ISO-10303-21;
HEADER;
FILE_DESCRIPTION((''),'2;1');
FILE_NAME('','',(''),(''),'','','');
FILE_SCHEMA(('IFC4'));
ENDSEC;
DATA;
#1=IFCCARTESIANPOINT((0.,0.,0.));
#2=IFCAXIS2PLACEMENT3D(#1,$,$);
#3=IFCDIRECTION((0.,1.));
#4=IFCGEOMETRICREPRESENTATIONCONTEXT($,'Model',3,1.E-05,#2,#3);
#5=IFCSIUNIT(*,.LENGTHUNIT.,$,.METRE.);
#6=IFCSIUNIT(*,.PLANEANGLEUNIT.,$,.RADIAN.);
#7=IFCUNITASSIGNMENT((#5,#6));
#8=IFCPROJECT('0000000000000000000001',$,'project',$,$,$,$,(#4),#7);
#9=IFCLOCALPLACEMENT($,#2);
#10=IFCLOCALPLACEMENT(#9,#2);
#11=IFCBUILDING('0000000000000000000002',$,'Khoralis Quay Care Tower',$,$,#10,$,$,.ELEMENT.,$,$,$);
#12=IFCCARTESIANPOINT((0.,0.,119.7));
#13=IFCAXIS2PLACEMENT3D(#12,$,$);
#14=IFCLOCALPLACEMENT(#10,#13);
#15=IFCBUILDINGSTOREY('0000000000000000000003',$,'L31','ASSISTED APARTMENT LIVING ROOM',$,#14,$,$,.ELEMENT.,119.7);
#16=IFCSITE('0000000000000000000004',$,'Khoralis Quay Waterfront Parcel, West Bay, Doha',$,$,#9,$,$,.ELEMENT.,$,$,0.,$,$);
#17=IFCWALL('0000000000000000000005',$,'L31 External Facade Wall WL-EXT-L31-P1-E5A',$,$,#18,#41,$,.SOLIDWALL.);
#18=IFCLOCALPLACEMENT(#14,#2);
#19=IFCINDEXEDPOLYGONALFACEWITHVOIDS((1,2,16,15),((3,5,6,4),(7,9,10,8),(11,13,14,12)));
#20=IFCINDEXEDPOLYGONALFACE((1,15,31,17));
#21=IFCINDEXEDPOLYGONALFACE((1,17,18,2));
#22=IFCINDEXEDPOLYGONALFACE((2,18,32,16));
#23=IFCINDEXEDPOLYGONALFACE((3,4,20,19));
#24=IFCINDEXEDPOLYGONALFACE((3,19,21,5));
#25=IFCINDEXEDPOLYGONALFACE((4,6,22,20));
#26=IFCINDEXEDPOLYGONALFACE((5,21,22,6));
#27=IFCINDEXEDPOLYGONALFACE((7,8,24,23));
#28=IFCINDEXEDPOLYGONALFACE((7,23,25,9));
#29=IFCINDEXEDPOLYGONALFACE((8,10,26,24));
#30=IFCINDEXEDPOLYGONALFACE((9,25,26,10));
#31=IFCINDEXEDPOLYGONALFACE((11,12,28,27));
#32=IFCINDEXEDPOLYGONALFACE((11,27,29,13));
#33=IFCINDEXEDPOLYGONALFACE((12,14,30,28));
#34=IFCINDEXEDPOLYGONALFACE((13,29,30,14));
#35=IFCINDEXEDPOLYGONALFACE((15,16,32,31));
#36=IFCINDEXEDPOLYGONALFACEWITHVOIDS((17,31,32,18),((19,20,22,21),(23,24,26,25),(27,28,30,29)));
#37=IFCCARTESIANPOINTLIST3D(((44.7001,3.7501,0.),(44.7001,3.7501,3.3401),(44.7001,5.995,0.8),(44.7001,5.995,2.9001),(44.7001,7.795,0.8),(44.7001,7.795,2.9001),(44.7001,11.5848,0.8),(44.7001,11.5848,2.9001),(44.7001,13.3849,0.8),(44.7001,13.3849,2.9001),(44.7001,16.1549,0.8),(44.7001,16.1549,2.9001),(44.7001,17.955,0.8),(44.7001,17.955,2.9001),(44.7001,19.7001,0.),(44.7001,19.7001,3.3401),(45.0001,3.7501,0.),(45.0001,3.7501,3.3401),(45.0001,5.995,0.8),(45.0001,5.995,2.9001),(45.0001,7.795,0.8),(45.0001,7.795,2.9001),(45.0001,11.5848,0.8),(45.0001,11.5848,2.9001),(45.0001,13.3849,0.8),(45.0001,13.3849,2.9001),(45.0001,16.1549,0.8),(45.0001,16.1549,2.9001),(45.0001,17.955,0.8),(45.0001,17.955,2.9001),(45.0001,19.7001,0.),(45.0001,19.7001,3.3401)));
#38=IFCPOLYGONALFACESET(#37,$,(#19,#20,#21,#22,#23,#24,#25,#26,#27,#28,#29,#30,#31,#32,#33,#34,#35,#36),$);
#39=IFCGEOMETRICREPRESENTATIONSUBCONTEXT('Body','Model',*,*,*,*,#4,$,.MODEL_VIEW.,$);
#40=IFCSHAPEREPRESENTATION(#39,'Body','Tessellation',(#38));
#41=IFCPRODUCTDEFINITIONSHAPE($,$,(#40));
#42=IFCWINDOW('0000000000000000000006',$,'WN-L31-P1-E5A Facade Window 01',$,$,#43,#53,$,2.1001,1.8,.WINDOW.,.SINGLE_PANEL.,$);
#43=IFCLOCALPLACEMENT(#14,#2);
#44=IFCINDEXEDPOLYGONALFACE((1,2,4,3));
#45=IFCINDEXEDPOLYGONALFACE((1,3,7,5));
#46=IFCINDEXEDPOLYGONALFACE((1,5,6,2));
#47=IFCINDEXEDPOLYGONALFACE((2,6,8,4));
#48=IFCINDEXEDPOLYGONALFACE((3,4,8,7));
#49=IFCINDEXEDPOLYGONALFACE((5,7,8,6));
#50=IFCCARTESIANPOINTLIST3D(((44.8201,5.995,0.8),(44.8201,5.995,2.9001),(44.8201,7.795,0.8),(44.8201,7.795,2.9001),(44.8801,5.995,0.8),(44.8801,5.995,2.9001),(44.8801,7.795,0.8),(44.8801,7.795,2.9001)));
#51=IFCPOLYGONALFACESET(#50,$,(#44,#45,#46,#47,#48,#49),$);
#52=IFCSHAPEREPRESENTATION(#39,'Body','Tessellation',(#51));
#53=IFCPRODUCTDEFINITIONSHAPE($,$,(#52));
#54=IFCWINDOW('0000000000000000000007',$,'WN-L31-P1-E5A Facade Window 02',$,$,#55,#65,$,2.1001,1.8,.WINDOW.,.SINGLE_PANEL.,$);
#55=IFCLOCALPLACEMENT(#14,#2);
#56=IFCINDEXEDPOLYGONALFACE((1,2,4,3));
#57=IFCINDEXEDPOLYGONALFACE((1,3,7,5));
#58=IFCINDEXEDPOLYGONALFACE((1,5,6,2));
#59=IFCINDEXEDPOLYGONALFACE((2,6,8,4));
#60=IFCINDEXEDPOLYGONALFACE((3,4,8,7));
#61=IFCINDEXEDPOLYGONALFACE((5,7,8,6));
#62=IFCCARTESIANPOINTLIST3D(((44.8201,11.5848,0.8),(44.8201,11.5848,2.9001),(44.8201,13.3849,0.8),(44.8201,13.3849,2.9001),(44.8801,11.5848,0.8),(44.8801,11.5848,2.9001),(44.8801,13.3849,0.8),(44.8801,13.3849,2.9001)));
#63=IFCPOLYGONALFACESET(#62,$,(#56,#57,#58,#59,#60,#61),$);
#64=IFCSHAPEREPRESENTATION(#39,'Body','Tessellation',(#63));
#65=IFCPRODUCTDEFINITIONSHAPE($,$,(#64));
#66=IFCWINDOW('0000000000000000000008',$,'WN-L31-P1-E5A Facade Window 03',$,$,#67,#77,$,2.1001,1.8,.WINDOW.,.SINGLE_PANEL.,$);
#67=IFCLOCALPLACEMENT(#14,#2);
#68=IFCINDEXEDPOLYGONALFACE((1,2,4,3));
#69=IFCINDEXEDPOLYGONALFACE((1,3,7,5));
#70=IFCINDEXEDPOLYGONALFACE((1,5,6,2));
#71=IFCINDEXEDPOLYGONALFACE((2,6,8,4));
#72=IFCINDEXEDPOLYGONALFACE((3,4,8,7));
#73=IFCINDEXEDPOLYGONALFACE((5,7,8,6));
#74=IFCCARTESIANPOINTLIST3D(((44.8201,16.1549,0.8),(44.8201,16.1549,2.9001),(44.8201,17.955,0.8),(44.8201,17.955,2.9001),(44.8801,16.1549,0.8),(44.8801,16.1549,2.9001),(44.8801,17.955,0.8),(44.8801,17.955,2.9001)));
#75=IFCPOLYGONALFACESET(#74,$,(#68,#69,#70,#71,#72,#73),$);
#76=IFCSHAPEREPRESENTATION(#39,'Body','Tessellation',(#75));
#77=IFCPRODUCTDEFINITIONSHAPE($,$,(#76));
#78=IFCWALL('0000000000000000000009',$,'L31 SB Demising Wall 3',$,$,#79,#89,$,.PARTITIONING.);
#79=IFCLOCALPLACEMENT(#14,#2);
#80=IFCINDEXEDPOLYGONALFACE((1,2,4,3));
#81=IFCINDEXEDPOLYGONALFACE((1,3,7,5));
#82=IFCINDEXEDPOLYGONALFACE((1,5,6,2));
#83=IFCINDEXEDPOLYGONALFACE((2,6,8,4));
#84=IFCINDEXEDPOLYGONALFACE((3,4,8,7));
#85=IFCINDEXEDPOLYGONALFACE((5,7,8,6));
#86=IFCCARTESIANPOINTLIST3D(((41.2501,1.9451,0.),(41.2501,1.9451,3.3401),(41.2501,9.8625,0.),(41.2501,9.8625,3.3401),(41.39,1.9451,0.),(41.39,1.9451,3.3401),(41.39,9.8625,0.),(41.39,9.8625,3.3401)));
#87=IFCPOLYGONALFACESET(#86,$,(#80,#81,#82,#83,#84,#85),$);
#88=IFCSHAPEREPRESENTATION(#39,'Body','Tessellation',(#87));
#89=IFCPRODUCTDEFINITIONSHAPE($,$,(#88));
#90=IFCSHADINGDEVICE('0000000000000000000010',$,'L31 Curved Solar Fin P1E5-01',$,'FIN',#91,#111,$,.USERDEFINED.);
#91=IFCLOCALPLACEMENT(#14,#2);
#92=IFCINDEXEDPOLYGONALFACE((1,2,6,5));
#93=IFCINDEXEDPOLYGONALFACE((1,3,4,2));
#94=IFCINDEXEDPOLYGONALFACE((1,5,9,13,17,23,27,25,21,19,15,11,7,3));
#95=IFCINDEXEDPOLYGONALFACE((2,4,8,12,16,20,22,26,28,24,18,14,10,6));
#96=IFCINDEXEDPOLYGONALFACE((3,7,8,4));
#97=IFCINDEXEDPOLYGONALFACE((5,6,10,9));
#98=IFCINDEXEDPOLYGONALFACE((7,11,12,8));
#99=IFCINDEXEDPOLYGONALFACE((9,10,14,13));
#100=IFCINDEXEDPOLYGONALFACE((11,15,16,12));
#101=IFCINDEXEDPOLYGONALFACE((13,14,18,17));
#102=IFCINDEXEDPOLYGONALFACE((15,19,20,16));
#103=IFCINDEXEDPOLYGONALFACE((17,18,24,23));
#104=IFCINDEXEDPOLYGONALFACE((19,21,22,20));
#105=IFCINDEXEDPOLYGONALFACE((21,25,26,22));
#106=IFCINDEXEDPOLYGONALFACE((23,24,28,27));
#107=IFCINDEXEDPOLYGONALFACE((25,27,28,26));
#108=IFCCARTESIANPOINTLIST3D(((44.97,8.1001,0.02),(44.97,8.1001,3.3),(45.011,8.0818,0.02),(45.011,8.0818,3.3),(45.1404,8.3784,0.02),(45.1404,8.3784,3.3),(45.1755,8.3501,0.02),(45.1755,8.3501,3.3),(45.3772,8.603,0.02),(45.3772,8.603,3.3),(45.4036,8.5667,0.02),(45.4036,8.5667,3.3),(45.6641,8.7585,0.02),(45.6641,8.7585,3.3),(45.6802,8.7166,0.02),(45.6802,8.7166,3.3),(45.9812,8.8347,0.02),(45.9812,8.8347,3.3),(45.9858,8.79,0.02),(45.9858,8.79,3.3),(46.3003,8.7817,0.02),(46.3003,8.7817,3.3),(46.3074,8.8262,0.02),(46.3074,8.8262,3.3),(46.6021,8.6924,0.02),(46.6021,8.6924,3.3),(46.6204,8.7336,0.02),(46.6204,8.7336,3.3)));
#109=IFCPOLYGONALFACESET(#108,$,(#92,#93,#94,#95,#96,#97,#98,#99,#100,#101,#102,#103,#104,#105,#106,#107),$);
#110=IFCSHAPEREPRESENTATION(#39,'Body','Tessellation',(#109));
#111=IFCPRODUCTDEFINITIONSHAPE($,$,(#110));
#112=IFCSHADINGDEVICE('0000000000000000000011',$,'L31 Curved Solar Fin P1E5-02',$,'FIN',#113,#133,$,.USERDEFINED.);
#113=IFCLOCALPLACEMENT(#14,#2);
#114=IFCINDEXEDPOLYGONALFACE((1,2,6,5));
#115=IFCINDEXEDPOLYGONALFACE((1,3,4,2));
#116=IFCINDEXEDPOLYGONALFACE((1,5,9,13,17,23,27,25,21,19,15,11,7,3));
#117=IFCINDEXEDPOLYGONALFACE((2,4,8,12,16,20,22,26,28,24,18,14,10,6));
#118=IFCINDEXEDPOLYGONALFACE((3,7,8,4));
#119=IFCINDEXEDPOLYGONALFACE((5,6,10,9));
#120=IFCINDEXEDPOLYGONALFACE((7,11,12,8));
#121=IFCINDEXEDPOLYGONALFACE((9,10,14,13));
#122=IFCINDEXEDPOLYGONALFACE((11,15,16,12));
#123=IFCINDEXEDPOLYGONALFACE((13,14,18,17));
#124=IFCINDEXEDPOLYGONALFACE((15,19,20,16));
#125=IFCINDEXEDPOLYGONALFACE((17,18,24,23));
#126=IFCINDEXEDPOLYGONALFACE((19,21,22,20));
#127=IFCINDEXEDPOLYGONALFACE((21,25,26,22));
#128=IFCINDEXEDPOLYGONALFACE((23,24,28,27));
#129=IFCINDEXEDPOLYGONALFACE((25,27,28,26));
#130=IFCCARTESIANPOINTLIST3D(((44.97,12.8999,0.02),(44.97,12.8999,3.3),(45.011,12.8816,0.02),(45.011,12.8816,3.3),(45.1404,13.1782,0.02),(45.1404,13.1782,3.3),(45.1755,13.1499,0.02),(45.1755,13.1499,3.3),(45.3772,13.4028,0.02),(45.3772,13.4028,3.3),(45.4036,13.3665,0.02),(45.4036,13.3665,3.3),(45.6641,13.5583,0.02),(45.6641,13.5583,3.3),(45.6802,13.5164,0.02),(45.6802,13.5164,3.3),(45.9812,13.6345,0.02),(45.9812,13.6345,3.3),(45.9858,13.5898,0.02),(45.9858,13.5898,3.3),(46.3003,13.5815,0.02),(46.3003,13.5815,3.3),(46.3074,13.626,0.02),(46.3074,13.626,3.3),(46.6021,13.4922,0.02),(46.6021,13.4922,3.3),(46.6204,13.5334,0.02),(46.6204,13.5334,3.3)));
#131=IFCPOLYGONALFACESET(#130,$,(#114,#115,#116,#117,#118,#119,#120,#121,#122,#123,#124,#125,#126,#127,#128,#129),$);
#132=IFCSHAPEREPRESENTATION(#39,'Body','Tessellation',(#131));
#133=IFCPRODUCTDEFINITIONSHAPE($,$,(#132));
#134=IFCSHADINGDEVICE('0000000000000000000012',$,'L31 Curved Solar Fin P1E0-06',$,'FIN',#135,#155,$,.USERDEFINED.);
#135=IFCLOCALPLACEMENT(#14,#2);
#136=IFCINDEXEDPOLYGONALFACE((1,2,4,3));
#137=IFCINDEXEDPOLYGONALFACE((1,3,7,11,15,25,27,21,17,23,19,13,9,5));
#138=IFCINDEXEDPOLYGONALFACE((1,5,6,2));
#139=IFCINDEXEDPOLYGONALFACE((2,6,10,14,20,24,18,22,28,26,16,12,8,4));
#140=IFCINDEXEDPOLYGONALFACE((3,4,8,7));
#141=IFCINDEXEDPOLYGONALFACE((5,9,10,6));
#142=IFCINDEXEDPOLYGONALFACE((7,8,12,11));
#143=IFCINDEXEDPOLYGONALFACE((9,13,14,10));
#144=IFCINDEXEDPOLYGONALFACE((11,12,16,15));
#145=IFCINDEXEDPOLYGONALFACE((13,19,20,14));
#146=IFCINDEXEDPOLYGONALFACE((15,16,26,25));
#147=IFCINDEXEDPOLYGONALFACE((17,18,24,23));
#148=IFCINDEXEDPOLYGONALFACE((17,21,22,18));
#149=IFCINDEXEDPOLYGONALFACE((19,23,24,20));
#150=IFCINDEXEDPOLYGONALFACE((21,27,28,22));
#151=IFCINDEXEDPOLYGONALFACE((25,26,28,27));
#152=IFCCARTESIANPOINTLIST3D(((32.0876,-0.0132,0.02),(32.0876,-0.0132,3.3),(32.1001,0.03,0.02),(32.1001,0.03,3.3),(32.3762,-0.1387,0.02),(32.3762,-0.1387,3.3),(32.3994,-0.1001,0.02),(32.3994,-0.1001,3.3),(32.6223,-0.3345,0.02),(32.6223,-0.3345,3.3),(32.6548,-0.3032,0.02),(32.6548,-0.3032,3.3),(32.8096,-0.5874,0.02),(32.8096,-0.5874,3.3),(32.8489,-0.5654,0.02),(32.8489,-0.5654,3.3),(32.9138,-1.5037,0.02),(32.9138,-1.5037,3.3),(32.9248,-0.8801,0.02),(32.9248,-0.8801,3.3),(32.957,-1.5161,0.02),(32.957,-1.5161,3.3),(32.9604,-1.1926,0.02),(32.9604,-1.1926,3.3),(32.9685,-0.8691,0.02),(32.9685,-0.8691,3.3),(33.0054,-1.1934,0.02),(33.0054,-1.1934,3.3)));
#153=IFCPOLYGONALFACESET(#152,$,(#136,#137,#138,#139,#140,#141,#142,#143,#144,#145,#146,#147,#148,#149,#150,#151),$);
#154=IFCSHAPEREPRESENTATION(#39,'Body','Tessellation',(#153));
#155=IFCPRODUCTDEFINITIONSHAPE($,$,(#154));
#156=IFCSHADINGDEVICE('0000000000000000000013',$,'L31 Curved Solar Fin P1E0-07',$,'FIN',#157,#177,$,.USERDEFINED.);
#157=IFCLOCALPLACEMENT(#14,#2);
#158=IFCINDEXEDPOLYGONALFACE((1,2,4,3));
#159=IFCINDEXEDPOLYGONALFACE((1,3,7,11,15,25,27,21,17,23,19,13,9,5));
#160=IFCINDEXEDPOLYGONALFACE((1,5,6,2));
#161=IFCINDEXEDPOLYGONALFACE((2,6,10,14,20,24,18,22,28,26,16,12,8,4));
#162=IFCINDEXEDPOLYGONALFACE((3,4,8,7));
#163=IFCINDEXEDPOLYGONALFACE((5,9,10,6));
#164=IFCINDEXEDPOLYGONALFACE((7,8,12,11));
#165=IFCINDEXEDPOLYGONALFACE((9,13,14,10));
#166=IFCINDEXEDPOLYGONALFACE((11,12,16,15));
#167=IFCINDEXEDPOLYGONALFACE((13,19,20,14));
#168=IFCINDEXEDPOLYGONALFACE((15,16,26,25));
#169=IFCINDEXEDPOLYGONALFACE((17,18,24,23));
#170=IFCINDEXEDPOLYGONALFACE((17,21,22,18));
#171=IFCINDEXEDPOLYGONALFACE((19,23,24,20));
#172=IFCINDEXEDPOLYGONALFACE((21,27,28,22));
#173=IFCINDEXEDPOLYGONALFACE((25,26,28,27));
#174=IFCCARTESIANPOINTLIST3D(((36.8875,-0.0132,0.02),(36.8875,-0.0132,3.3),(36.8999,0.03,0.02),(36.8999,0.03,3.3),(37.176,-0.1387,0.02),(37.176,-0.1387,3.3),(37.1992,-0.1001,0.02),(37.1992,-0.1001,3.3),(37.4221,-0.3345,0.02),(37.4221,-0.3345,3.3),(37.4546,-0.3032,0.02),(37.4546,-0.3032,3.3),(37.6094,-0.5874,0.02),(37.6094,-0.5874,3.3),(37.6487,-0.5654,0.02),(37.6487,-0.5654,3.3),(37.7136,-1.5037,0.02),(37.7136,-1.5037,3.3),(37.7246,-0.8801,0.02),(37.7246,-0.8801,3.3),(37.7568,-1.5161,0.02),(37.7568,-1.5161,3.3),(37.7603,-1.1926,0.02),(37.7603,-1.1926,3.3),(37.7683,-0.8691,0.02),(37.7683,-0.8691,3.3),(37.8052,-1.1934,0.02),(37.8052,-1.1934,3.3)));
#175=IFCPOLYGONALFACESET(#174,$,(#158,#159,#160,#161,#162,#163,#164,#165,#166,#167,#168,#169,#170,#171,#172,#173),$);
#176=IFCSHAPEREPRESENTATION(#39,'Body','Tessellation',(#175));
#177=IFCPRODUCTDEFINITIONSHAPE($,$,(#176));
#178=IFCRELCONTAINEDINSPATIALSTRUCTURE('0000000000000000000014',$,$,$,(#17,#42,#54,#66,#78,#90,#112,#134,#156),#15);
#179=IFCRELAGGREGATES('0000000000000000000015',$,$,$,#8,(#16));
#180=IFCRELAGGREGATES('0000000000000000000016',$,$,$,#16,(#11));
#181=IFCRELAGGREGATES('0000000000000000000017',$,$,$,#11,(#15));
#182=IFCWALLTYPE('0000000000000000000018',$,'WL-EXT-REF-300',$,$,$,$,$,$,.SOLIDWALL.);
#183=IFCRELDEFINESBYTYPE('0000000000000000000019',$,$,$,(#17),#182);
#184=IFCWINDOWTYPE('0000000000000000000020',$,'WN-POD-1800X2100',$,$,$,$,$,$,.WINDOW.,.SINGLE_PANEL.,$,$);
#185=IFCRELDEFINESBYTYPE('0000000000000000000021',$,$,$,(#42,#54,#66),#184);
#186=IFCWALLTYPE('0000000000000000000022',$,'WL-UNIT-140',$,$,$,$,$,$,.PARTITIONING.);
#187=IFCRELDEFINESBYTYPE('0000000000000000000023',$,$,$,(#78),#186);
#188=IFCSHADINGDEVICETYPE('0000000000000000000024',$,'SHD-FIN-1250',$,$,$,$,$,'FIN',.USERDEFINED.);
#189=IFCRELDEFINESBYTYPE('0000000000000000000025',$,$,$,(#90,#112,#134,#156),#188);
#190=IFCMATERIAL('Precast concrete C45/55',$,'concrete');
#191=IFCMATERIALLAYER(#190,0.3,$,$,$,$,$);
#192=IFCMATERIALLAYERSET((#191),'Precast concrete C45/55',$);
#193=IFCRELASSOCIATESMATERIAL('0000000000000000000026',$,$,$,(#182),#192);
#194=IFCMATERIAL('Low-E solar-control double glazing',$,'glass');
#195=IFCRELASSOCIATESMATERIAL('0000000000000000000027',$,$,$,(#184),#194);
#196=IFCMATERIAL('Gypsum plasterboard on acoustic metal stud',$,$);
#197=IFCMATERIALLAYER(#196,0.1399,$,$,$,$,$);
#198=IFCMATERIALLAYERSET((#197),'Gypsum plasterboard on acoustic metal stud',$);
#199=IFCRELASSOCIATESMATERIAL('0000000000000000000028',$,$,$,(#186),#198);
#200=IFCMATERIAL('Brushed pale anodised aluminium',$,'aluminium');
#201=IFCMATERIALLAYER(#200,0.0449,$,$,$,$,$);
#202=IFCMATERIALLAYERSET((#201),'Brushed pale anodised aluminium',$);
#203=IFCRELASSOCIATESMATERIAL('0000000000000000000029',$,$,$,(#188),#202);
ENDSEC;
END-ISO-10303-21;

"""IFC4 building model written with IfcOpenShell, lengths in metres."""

from ifc_helpers import new_model, si_unit, direction, frame, frame_2d, origin, place, context, subcontext, project, spatial, polyline, rectangle, outline, extrude, source, transform, mapped, material, layer, layer_set, type_object, element, fill, save


model = new_model("IFC4")

# Units and contexts
model_context = context("Model", 3, precision=1e-05, world=origin(), true_north=direction((0.0, 1.0)))
body_context = subcontext(model_context, "Body", "Model", "MODEL_VIEW")
ifc_project = project(units=[si_unit("LENGTHUNIT", "METRE"), si_unit("PLANEANGLEUNIT", "RADIAN")], contexts=[model_context])

# Site, building, storey
site_placement = place(None, origin())
site = spatial("IfcSite", under=ifc_project, at=site_placement, Name="Khoralis Quay Waterfront Parcel, West Bay, Doha", CompositionType="ELEMENT", RefElevation=0.0)
building_placement = place(site_placement, origin())
building = spatial("IfcBuilding", under=site, at=building_placement, Name="Khoralis Quay Care Tower", CompositionType="ELEMENT")
storey_placement = place(building_placement, frame((0.0, 0.0, 119.7)))
storey = spatial("IfcBuildingStorey", under=building, at=storey_placement, Name="L31", Description="ASSISTED APARTMENT LIVING ROOM", CompositionType="ELEMENT", Elevation=119.7)

# Shared definitions
ifc_material_1 = material(Name="Gypsum plasterboard on acoustic metal stud")

# Shared definitions
ifc_material_2 = material(Name="Precast concrete C45/55", Category="concrete")
ifc_layer_1 = layer(ifc_material_2, 0.3)
ifc_layer_set_1 = layer_set([ifc_layer_1], Name="Precast concrete C45/55")
wall_type_1 = type_object("IfcWallType", Name="WL-EXT-REF-300", PredefinedType="SOLIDWALL", material=ifc_layer_set_1)

# Wall, openings, windows
wall_1_placement = place(storey_placement, frame((44.8501, 3.75, 0.0), z_axis=(0.0, 0.0, 1.0), x_axis=(0.0, 1.0, 0.0)))
wall_1 = element("IfcWall", 1, at=wall_1_placement, inside=storey, type_object=wall_type_1, Name="L31 External Facade Wall WL-EXT-L31-P1-E5A", PredefinedType="SOLIDWALL", context=body_context, shape_type="SweptSolid", body=[
    extrude(rectangle(XDim=15.95, YDim=0.3, at=frame_2d((7.9751, 0.0))), origin(), (0.0, 0.0, 1.0), 3.3401),
])
opening_1_placement = place(wall_1_placement, frame((2.2451, 0.0, 0.8)))
opening_1 = element("IfcOpeningElement", 2, at=opening_1_placement, cuts=wall_1, PredefinedType="OPENING", context=body_context, shape_type="SweptSolid", body=[
    extrude(rectangle(XDim=1.8, YDim=2.1001, at=frame_2d((0.8999, 1.05))), frame((0.0, 0.1602, 0.0), z_axis=(0.0, -1.0, 0.0), x_axis=(1.0, 0.0, 0.0)), (0.0, 0.0, 1.0), 0.3201),
])
opening_2_placement = place(wall_1_placement, frame((7.835, 0.0, 0.8)))
opening_2 = element("IfcOpeningElement", 3, at=opening_2_placement, cuts=wall_1, PredefinedType="OPENING", context=body_context, shape_type="SweptSolid", body=[
    extrude(rectangle(XDim=1.8, YDim=2.1001, at=frame_2d((0.8999, 1.05))), frame((0.0, 0.1602, 0.0), z_axis=(0.0, -1.0, 0.0), x_axis=(1.0, 0.0, 0.0)), (0.0, 0.0, 1.0), 0.3201),
])
opening_3_placement = place(wall_1_placement, frame((12.405, 0.0, 0.8)))
opening_3 = element("IfcOpeningElement", 4, at=opening_3_placement, cuts=wall_1, PredefinedType="OPENING", context=body_context, shape_type="SweptSolid", body=[
    extrude(rectangle(XDim=1.8, YDim=2.1001, at=frame_2d((0.8999, 1.05))), frame((0.0, 0.1602, 0.0), z_axis=(0.0, -1.0, 0.0), x_axis=(1.0, 0.0, 0.0)), (0.0, 0.0, 1.0), 0.3201),
])
ifc_material_3 = material(Name="Low-E solar-control double glazing", Category="glass")
window_type = type_object("IfcWindowType", Name="WN-POD-1800X2100", PartitioningType="SINGLE_PANEL", PredefinedType="WINDOW", material=ifc_material_3)
shared_shape_1 = source(origin(), body_context, "Body", "SweptSolid", [
    extrude(rectangle(XDim=1.8, YDim=2.1001, at=frame_2d((0.8999, 1.05))), frame((0.0, 0.03, 0.0), z_axis=(0.0, -1.0, 0.0), x_axis=(1.0, 0.0, 0.0)), (0.0, 0.0, 1.0), 0.0601),
])
window_1_placement = place(opening_1_placement, origin())
window_1 = element("IfcWindow", 5, at=window_1_placement, inside=storey, type_object=window_type, Name="WN-L31-P1-E5A Facade Window 01", OverallHeight=2.1001, OverallWidth=1.8, PartitioningType="SINGLE_PANEL", PredefinedType="WINDOW", context=body_context, shape_type="MappedRepresentation", body=[
    mapped(shared_shape_1, transform((0.0, 0.0, 0.0), scale=1.0)),
])
fill(opening_1, window_1)
window_2_placement = place(opening_2_placement, origin())
window_2 = element("IfcWindow", 6, at=window_2_placement, inside=storey, type_object=window_type, Name="WN-L31-P1-E5A Facade Window 02", OverallHeight=2.1001, OverallWidth=1.8, PartitioningType="SINGLE_PANEL", PredefinedType="WINDOW", context=body_context, shape_type="MappedRepresentation", body=[
    mapped(shared_shape_1, transform((0.0, 0.0, 0.0), scale=1.0)),
])
fill(opening_2, window_2)
window_3_placement = place(opening_3_placement, origin())
window_3 = element("IfcWindow", 7, at=window_3_placement, inside=storey, type_object=window_type, Name="WN-L31-P1-E5A Facade Window 03", OverallHeight=2.1001, OverallWidth=1.8, PartitioningType="SINGLE_PANEL", PredefinedType="WINDOW", context=body_context, shape_type="MappedRepresentation", body=[
    mapped(shared_shape_1, transform((0.0, 0.0, 0.0), scale=1.0)),
])
fill(opening_3, window_3)

# Wall
ifc_layer_2 = layer(ifc_material_1, 0.1399)
ifc_layer_set_2 = layer_set([ifc_layer_2], Name="Gypsum plasterboard on acoustic metal stud")
wall_type_2 = type_object("IfcWallType", Name="WL-UNIT-140", PredefinedType="PARTITIONING", material=ifc_layer_set_2)
wall_2_placement = place(storey_placement, frame((41.3201, 1.9451, 0.0), z_axis=(0.0, 0.0, 1.0), x_axis=(0.0, 1.0, 0.0)))
element("IfcWall", 8, at=wall_2_placement, inside=storey, type_object=wall_type_2, Name="L31 SB Demising Wall 3", PredefinedType="PARTITIONING", context=body_context, shape_type="SweptSolid", body=[
    extrude(rectangle(XDim=7.9175, YDim=0.1399, at=frame_2d((3.9587, 0.0))), origin(), (0.0, 0.0, 1.0), 3.3401),
])

# Shading devices
ifc_material_4 = material(Name="Brushed pale anodised aluminium", Category="aluminium")
ifc_layer_3 = layer(ifc_material_4, 0.0449)
ifc_layer_set_3 = layer_set([ifc_layer_3], Name="Brushed pale anodised aluminium")
shading_device_type = type_object("IfcShadingDeviceType", Name="SHD-FIN-1250", ElementType="FIN", PredefinedType="USERDEFINED", material=ifc_layer_set_3)
shared_shape_2 = source(origin(), body_context, "Body", "SweptSolid", [
    extrude(outline(polyline([(0.0, 0.0), (0.1704, 0.2783), (0.4072, 0.5029), (0.6941, 0.6584), (1.0112, 0.7346), (1.3374, 0.7261), (1.6504, 0.6335), (1.6321, 0.5923), (1.3303, 0.6816), (1.0159, 0.6899), (0.7102, 0.6165), (0.4336, 0.4666), (0.2056, 0.25), (0.041, -0.0183), (0.0, 0.0)])), origin(), (0.0, 0.0, 1.0), 3.28),
])
for number, where, z_axis, x_axis, name in (
    (9, (44.97, 8.1001, 0.02), (0.0, 0.0, 1.0), (1.0, 0.0, 0.0), "L31 Curved Solar Fin P1E5-01"),
    (10, (44.97, 12.8999, 0.02), (0.0, 0.0, 1.0), (1.0, 0.0, 0.0), "L31 Curved Solar Fin P1E5-02"),
):
    element("IfcShadingDevice", number, at=place(storey_placement, frame(where, z_axis=z_axis, x_axis=x_axis)), inside=storey, type_object=shading_device_type, Name=name, ObjectType="FIN", PredefinedType="USERDEFINED", context=body_context, shape_type="MappedRepresentation", body=[
        mapped(shared_shape_2, transform((0.0, 0.0, 0.0), scale=1.0)),
    ])
shared_shape_3 = source(origin(), body_context, "Body", "SweptSolid", [
    extrude(outline(polyline([(0.0, 0.0), (0.1301, 0.2993), (0.3333, 0.5547), (0.5955, 0.7488), (0.8992, 0.8684), (1.2234, 0.9053), (1.5461, 0.8569), (1.5337, 0.8137), (1.2227, 0.8604), (0.9102, 0.8247), (0.6174, 0.7095), (0.3645, 0.5222), (0.1687, 0.2761), (0.0432, -0.0125), (0.0, 0.0)])), origin(), (0.0, 0.0, 1.0), 3.28),
])
for number, where, z_axis, x_axis, name in (
    (11, (32.1001, 0.03, 0.02), (0.0, 0.0, 1.0), (0.0, -1.0, 0.0), "L31 Curved Solar Fin P1E0-06"),
    (12, (36.8999, 0.03, 0.02), (0.0, 0.0, 1.0), (0.0, -1.0, 0.0), "L31 Curved Solar Fin P1E0-07"),
):
    element("IfcShadingDevice", number, at=place(storey_placement, frame(where, z_axis=z_axis, x_axis=x_axis)), inside=storey, type_object=shading_device_type, Name=name, ObjectType="FIN", PredefinedType="USERDEFINED", context=body_context, shape_type="MappedRepresentation", body=[
        mapped(shared_shape_3, transform((0.0, 0.0, 0.0), scale=1.0)),
    ])

save(model, "model.ifc")
